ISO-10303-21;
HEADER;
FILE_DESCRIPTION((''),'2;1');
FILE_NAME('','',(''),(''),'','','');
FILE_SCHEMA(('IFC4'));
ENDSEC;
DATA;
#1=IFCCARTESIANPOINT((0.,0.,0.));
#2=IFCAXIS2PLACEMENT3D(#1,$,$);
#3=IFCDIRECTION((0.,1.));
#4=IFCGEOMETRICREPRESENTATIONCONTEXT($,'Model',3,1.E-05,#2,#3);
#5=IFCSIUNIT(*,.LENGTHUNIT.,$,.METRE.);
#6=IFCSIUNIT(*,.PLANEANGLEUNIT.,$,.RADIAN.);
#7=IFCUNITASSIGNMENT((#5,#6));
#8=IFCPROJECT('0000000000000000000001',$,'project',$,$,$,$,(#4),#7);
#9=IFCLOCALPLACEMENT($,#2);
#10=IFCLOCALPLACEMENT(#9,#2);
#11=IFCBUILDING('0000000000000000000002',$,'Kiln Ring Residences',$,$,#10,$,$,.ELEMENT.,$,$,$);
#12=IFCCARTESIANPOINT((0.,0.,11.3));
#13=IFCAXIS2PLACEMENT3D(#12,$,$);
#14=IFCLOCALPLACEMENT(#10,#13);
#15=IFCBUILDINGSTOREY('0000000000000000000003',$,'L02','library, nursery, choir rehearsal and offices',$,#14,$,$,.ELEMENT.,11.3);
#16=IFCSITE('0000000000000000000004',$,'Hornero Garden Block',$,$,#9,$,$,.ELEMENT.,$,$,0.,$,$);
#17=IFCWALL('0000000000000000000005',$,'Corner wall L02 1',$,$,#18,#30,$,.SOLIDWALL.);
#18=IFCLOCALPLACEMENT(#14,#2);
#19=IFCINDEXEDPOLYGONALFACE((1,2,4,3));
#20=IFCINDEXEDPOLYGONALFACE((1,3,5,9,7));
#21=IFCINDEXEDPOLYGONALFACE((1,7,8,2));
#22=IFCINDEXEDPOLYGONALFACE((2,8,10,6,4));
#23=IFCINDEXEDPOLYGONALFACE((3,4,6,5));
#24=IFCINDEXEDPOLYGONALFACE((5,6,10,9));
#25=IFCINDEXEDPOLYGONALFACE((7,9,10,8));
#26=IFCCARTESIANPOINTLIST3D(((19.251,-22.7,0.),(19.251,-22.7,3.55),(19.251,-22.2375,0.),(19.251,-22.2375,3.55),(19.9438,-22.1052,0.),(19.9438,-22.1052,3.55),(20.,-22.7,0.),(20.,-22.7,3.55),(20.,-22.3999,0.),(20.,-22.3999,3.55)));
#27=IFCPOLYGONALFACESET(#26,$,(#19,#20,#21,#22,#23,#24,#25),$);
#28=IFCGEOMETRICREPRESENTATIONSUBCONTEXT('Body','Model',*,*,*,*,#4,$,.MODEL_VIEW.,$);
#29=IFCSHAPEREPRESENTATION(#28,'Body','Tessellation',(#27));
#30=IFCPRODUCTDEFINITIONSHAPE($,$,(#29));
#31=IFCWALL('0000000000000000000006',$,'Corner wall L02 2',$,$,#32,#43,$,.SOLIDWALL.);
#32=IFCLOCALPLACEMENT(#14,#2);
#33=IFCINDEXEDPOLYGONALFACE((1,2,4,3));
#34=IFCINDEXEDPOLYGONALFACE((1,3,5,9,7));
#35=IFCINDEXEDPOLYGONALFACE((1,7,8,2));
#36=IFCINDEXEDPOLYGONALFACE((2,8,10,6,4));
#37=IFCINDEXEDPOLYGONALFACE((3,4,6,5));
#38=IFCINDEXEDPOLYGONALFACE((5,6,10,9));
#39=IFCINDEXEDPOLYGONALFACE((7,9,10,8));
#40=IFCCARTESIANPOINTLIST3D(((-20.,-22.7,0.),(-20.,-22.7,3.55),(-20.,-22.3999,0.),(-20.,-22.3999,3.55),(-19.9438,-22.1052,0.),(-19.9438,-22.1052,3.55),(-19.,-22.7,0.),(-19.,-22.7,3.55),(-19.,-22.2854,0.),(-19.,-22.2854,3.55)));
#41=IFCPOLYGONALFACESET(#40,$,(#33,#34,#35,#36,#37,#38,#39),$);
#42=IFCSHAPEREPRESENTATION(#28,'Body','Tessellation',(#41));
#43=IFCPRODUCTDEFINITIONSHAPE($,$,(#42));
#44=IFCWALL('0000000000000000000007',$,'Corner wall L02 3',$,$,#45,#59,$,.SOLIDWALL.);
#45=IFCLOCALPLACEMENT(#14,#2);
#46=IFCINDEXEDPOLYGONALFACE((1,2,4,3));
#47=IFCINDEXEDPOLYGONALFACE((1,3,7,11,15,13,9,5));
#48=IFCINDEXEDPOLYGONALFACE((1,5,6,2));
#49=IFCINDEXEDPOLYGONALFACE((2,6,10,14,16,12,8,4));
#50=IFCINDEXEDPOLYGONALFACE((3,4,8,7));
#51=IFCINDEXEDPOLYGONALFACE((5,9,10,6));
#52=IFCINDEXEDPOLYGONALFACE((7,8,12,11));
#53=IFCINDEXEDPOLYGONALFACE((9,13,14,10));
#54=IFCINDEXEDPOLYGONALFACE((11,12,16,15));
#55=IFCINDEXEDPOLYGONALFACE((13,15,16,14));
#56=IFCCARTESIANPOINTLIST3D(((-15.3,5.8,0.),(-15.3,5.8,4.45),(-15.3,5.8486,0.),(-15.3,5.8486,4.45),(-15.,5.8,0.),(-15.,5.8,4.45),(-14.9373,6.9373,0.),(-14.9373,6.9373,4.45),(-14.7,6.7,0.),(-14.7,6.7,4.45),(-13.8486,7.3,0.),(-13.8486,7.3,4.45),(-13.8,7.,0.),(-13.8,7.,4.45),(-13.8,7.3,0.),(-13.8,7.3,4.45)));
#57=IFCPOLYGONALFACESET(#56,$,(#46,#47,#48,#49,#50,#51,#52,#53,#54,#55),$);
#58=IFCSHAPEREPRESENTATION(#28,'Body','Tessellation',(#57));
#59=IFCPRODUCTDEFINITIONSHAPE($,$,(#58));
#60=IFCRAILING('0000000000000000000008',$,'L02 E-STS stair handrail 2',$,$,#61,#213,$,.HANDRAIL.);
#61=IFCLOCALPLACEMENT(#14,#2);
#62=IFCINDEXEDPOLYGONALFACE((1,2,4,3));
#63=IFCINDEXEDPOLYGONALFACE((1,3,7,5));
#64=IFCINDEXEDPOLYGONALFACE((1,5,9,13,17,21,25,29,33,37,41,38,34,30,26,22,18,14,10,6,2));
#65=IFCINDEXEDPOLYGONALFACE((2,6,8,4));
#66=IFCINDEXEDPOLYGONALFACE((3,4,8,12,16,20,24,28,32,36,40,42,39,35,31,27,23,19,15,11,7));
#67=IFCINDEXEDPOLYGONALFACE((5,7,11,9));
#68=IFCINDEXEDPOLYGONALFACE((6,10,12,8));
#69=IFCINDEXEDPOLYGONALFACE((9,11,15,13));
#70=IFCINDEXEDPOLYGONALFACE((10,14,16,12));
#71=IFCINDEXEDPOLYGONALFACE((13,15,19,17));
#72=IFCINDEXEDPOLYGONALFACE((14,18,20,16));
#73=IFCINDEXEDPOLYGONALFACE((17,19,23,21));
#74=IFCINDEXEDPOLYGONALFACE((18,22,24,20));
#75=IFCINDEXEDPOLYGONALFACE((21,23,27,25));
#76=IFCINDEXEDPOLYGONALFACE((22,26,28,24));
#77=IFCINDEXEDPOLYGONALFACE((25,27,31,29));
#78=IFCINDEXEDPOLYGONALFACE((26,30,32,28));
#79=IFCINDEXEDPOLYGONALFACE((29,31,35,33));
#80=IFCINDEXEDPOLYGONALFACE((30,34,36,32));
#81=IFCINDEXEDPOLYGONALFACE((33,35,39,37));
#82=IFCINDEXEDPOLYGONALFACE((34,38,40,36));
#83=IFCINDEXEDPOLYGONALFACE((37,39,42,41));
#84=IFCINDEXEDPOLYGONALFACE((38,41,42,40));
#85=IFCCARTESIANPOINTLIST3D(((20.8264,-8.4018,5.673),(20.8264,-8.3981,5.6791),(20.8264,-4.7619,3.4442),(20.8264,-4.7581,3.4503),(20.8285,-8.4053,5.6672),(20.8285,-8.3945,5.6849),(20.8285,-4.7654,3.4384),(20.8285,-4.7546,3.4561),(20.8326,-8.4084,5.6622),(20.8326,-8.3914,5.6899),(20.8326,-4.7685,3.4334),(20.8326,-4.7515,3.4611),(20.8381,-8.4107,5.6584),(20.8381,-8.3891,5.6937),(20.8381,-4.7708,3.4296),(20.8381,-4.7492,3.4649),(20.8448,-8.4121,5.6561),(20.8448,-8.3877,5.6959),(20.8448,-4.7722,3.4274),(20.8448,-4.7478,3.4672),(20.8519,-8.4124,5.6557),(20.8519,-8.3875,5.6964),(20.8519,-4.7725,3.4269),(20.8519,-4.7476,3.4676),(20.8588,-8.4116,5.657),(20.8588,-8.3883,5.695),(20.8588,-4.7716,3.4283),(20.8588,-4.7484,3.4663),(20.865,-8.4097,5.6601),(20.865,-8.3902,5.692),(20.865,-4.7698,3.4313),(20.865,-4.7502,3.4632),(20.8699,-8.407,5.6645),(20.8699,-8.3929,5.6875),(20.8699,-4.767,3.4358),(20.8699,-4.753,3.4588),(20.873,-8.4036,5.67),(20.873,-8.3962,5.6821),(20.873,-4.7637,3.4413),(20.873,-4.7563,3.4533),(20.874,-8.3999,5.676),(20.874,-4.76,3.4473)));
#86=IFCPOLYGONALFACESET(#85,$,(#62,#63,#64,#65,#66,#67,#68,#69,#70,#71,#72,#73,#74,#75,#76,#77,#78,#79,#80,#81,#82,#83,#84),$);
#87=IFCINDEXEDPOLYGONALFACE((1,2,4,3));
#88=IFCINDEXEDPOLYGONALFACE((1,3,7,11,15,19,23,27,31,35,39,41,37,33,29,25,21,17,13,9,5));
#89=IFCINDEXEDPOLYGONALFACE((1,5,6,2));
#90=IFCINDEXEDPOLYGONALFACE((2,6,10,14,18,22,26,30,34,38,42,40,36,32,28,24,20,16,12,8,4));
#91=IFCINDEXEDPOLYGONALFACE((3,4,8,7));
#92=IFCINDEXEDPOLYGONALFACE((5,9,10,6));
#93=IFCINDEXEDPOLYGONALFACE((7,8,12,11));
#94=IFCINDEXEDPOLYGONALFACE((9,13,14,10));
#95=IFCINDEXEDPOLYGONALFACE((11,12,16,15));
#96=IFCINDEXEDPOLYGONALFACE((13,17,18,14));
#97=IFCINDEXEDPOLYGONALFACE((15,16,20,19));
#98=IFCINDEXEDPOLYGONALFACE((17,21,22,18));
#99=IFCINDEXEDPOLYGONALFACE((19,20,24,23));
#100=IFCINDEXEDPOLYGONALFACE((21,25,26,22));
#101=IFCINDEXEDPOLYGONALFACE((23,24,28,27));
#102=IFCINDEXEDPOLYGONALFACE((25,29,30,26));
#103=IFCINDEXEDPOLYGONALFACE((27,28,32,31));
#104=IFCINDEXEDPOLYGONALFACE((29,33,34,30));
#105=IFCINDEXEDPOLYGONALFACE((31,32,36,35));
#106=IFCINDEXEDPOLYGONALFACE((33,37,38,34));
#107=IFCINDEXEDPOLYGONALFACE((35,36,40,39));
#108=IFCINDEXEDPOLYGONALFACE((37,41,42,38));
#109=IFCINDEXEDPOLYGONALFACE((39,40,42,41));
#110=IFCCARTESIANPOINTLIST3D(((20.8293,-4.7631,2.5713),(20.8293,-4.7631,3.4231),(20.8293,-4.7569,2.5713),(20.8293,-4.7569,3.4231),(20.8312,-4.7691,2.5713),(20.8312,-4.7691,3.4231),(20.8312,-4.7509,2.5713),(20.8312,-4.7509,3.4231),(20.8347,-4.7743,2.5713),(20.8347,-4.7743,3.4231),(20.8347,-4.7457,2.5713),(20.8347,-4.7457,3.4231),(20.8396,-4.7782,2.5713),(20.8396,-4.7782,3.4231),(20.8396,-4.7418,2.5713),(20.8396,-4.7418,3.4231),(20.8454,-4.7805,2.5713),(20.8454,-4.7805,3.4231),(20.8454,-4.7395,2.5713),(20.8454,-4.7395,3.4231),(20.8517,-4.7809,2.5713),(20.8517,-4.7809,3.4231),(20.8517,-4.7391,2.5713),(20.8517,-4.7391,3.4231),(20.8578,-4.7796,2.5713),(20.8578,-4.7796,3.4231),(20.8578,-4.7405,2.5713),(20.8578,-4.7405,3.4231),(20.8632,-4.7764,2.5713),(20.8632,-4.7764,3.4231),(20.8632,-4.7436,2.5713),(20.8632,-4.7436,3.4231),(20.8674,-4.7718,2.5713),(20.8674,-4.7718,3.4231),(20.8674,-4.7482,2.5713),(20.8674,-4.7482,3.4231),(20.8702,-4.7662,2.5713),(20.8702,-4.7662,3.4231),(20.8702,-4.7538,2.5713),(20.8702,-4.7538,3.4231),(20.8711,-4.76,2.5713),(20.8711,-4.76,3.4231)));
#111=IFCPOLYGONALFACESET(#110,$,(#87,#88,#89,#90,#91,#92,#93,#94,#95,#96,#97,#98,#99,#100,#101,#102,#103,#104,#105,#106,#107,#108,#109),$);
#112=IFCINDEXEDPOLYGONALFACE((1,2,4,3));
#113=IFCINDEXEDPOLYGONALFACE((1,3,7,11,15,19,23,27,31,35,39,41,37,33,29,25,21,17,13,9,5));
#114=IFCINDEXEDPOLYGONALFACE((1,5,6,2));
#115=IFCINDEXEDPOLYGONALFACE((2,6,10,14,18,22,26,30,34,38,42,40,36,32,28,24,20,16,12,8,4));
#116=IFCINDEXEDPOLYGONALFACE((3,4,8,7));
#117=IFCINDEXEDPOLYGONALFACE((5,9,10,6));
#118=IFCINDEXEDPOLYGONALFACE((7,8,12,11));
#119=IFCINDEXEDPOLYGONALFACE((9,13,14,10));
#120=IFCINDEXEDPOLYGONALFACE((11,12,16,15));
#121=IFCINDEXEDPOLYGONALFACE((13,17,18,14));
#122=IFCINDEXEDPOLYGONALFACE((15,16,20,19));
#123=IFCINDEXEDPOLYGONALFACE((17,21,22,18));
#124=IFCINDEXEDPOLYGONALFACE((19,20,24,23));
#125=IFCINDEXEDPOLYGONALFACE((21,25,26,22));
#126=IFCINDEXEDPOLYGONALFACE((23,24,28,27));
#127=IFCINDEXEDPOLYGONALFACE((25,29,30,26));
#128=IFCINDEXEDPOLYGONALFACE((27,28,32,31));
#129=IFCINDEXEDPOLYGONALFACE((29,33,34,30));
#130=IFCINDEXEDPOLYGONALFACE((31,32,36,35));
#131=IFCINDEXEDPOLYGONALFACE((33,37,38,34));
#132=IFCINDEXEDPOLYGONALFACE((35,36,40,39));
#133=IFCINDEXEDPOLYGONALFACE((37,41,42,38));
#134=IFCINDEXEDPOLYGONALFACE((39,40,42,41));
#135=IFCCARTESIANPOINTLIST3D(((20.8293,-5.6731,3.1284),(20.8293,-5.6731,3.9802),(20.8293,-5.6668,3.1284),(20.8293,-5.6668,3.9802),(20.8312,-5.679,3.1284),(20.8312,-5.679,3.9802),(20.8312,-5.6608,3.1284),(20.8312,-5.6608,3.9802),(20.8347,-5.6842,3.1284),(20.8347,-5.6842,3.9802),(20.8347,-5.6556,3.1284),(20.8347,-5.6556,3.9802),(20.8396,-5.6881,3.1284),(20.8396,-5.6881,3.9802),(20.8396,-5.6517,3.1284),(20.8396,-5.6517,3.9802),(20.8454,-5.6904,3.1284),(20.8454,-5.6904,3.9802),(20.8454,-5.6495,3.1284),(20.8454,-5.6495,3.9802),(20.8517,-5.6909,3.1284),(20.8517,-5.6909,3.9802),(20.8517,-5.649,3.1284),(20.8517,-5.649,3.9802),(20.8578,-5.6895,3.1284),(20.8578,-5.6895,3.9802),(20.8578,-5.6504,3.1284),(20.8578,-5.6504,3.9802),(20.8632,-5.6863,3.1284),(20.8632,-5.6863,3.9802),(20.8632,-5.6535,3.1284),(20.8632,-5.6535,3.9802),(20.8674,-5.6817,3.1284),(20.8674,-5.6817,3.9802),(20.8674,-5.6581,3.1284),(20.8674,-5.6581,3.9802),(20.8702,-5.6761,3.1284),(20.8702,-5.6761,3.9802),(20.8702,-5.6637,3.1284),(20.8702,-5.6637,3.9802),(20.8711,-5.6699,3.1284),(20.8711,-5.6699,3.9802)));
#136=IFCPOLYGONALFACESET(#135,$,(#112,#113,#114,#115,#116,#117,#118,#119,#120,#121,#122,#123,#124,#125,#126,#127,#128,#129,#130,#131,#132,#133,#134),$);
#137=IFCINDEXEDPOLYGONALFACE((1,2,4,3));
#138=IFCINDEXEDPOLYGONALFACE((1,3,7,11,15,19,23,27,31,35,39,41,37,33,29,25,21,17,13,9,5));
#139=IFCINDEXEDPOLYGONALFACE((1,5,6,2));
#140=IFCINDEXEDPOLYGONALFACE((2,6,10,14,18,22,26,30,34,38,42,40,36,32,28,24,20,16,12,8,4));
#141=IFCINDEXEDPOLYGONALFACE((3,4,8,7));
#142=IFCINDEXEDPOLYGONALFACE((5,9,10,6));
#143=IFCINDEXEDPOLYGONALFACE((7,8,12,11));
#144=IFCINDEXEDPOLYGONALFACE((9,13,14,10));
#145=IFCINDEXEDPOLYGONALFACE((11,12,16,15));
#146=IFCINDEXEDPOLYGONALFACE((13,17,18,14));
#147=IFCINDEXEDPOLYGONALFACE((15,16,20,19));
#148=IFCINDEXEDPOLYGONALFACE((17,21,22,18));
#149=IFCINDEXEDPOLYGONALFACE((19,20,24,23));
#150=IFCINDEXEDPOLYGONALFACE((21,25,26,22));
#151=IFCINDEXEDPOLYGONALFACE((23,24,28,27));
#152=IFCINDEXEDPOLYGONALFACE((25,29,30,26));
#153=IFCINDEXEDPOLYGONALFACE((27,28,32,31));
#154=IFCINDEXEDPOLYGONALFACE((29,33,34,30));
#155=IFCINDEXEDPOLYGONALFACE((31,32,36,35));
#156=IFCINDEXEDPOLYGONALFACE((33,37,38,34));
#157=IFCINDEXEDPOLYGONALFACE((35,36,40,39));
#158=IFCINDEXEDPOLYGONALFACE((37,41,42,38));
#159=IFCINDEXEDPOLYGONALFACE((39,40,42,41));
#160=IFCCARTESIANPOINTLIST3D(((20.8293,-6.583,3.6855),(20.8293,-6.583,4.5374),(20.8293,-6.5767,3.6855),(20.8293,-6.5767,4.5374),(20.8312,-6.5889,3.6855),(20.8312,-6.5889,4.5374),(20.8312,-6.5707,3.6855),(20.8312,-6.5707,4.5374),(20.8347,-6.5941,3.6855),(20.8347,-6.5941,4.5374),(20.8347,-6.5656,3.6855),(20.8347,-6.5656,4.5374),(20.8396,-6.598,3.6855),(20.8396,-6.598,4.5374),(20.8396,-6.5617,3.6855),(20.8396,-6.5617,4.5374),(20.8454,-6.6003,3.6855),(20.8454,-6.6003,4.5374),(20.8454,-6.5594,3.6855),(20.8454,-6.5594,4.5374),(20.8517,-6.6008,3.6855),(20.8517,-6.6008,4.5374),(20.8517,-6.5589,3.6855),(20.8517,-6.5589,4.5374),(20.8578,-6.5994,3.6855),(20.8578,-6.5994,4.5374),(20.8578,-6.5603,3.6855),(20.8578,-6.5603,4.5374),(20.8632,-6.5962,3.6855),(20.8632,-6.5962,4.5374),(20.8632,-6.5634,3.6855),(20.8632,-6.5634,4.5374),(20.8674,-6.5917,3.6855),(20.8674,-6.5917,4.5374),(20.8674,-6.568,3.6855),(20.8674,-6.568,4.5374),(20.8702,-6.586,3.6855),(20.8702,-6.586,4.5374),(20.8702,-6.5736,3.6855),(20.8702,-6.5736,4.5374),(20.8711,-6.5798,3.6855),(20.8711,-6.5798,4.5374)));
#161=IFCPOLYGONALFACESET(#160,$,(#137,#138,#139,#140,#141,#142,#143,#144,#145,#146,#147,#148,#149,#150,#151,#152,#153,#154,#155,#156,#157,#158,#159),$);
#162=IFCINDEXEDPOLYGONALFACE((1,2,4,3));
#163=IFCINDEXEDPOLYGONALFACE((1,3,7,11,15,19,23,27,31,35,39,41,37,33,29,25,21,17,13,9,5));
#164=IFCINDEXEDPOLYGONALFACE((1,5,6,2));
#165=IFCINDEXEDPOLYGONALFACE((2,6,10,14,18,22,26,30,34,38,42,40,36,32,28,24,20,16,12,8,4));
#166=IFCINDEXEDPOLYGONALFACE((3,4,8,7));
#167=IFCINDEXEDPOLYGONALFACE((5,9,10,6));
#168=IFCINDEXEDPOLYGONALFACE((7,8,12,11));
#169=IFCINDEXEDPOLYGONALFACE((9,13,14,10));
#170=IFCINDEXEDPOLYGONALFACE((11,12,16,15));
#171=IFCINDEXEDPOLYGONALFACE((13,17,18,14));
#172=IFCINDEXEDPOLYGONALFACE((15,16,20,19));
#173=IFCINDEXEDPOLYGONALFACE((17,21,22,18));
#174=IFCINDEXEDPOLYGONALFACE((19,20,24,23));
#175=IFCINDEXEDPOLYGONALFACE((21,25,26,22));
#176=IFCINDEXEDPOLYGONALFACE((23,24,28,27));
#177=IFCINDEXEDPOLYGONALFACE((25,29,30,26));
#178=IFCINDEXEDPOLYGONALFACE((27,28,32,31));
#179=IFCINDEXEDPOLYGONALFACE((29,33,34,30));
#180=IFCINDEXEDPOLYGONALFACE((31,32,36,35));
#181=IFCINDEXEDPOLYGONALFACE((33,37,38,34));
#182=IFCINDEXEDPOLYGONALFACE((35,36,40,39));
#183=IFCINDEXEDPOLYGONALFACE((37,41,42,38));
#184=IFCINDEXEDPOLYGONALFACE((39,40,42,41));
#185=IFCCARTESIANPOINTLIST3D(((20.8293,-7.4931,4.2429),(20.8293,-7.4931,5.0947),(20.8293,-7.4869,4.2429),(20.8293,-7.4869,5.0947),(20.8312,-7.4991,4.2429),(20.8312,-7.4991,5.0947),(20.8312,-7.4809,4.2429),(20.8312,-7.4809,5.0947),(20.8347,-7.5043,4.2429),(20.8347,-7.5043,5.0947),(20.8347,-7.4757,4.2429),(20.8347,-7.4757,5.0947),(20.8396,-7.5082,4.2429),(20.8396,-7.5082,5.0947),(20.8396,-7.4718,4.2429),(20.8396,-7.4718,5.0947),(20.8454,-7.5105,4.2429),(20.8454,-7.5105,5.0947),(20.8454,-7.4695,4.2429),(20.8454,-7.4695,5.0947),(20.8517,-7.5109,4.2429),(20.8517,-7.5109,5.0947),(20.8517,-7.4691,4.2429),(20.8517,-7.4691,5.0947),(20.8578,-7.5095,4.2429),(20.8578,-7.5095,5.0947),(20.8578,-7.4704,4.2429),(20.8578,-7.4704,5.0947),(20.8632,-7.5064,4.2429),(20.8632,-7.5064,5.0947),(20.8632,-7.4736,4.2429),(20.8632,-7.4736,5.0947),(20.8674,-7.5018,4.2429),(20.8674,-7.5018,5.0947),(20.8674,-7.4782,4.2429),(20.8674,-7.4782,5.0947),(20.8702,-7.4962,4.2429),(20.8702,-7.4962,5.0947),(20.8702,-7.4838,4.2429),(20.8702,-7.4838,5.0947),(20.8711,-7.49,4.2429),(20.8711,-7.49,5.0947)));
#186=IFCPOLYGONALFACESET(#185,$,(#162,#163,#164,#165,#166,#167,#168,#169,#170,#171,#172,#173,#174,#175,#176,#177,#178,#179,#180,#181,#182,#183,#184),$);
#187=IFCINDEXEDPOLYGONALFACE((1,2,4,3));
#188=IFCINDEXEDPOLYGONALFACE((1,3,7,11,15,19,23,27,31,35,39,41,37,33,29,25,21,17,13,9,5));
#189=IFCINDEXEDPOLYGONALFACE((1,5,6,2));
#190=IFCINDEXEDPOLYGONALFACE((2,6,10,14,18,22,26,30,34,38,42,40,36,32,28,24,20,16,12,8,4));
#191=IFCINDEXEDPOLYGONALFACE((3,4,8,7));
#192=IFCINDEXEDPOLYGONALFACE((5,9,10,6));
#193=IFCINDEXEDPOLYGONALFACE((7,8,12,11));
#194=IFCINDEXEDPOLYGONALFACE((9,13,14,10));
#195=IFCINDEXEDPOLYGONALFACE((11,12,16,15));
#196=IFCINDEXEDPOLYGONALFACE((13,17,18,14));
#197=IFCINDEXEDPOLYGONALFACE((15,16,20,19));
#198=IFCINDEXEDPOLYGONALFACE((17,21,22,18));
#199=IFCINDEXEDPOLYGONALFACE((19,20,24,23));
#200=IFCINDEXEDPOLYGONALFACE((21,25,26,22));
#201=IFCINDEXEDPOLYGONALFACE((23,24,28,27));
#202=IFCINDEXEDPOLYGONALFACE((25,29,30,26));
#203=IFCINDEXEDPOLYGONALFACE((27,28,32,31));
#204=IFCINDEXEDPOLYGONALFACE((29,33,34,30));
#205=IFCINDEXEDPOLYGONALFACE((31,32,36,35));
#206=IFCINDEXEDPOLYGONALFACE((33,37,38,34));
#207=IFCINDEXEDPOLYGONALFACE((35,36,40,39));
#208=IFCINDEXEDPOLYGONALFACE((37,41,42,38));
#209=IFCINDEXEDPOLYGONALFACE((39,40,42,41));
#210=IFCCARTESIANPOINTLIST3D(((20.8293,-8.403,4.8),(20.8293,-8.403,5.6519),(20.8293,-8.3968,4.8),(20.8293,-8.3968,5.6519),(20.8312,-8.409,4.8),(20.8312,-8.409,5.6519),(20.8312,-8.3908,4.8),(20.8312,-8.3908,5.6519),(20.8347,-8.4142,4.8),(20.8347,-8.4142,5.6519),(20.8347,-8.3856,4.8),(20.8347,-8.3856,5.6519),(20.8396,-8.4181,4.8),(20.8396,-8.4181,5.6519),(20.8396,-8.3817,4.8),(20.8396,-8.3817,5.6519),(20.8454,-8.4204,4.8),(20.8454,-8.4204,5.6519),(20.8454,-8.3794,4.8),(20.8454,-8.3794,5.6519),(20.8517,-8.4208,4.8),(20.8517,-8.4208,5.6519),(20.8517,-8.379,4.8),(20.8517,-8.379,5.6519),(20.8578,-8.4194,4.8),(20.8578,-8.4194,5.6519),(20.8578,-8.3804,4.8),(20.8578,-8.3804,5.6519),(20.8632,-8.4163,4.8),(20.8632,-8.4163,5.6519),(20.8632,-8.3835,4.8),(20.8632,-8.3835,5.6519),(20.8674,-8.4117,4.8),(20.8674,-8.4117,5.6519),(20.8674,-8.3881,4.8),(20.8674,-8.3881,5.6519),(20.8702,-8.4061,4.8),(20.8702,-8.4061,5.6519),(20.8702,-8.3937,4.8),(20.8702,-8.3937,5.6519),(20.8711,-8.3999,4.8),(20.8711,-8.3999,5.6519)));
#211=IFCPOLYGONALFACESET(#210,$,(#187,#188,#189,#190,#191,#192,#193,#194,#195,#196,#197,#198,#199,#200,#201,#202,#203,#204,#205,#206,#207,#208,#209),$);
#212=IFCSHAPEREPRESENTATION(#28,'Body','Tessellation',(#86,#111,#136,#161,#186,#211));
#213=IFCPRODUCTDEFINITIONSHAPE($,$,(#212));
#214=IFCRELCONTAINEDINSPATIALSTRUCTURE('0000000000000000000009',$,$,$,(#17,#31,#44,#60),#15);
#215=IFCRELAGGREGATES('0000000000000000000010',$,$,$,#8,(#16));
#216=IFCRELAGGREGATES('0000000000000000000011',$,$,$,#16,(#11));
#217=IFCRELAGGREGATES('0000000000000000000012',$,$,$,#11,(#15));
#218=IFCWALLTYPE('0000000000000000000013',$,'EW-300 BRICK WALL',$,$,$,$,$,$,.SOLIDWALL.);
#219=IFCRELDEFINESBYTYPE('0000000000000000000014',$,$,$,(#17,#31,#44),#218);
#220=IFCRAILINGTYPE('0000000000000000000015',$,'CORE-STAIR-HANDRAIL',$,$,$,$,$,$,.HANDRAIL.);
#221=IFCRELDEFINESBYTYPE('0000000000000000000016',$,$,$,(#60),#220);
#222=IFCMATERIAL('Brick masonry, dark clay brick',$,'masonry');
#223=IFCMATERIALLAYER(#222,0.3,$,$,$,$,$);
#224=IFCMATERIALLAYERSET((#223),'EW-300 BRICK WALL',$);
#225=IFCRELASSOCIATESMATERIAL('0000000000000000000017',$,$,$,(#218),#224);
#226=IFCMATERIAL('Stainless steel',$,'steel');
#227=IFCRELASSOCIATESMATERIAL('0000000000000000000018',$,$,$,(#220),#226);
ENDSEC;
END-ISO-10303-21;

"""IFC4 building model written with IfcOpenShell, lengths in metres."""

from ifc_helpers import new_model, si_unit, direction, frame, origin, origin_2d, place, context, subcontext, project, spatial, polyline, circle, outline, extrude, material, layer, layer_set, type_object, element, save


model = new_model("IFC4")

# Units and contexts
model_context = context("Model", 3, precision=1e-05, world=origin(), true_north=direction((0.0, 1.0)))
body_context = subcontext(model_context, "Body", "Model", "MODEL_VIEW")
ifc_project = project(units=[si_unit("LENGTHUNIT", "METRE"), si_unit("PLANEANGLEUNIT", "RADIAN")], contexts=[model_context])

# Site, building, storey
site_placement = place(None, origin())
site = spatial("IfcSite", under=ifc_project, at=site_placement, Name="Hornero Garden Block", CompositionType="ELEMENT", RefElevation=0.0)
building_placement = place(site_placement, origin())
building = spatial("IfcBuilding", under=site, at=building_placement, Name="Kiln Ring Residences", CompositionType="ELEMENT")
storey_placement = place(building_placement, frame((0.0, 0.0, 11.3)))
storey = spatial("IfcBuildingStorey", under=building, at=storey_placement, Name="L02", Description="library, nursery, choir rehearsal and offices", CompositionType="ELEMENT", Elevation=11.3)

# Shared definitions
placement_1 = place(storey_placement, origin())

# Shared definitions
ifc_material_1 = material(Name="Brick masonry, dark clay brick", Category="masonry")
ifc_layer_1 = layer(ifc_material_1, 0.3)
ifc_layer_set_1 = layer_set([ifc_layer_1], Name="EW-300 BRICK WALL")
wall_type_1 = type_object("IfcWallType", Name="EW-300 BRICK WALL", PredefinedType="SOLIDWALL", material=ifc_layer_set_1)

# Walls
element("IfcWall", 1, at=placement_1, inside=storey, type_object=wall_type_1, Name="Corner wall L02 1", PredefinedType="SOLIDWALL", context=body_context, shape_type="SweptSolid", body=[
    extrude(outline(polyline([(19.9438, -22.1052), (19.251, -22.2375), (19.251, -22.7), (20.0, -22.7), (20.0, -22.3999), (19.9438, -22.1052)])), origin(), (0.0, 0.0, 1.0), 3.55),
])
element("IfcWall", 2, at=placement_1, inside=storey, type_object=wall_type_1, Name="Corner wall L02 2", PredefinedType="SOLIDWALL", context=body_context, shape_type="SweptSolid", body=[
    extrude(outline(polyline([(-20.0, -22.7), (-19.0, -22.7), (-19.0, -22.2854), (-19.9438, -22.1052), (-20.0, -22.3999), (-20.0, -22.7)])), origin(), (0.0, 0.0, 1.0), 3.55),
])
element("IfcWall", 3, at=placement_1, inside=storey, type_object=wall_type_1, Name="Corner wall L02 3", PredefinedType="SOLIDWALL", context=body_context, shape_type="SweptSolid", body=[
    extrude(outline(polyline([(-13.8486, 7.3), (-14.9373, 6.9373), (-15.3, 5.8486), (-15.3, 5.8), (-15.0, 5.8), (-14.7, 6.7), (-13.8, 7.0), (-13.8, 7.3), (-13.8486, 7.3)])), origin(), (0.0, 0.0, 1.0), 4.45),
])

# Railing
ifc_material_2 = material(Name="Stainless steel", Category="steel")
railing_type = type_object("IfcRailingType", Name="CORE-STAIR-HANDRAIL", PredefinedType="HANDRAIL", material=ifc_material_2)
railing_placement = place(storey_placement, frame((20.8501, -4.76, 2.5713)))
element("IfcRailing", 4, at=railing_placement, inside=storey, type_object=railing_type, Name="L02 E-STS stair handrail 2", PredefinedType="HANDRAIL", context=body_context, shape_type="SweptSolid", body=[
    extrude(circle(Radius=0.0239, at=origin_2d()), frame((0.0, 0.0, 0.876), z_axis=(0.0, -0.852825, 0.522197), x_axis=(1.0, 0.0, 0.0)), (0.0, 0.0, 1.0), 4.2681),
    extrude(circle(Radius=0.021, at=origin_2d()), origin(), (0.0, 0.0, 1.0), 0.8518),
    extrude(circle(Radius=0.021, at=origin_2d()), frame((0.0, -0.9099, 0.5571)), (0.0, 0.0, 1.0), 0.8518),
    extrude(circle(Radius=0.021, at=origin_2d()), frame((0.0, -1.8198, 1.1143)), (0.0, 0.0, 1.0), 0.8518),
    extrude(circle(Radius=0.021, at=origin_2d()), frame((0.0, -2.73, 1.6716)), (0.0, 0.0, 1.0), 0.8518),
    extrude(circle(Radius=0.021, at=origin_2d()), frame((0.0, -3.6399, 2.2288)), (0.0, 0.0, 1.0), 0.8518),
])

save(model, "model.ifc")
